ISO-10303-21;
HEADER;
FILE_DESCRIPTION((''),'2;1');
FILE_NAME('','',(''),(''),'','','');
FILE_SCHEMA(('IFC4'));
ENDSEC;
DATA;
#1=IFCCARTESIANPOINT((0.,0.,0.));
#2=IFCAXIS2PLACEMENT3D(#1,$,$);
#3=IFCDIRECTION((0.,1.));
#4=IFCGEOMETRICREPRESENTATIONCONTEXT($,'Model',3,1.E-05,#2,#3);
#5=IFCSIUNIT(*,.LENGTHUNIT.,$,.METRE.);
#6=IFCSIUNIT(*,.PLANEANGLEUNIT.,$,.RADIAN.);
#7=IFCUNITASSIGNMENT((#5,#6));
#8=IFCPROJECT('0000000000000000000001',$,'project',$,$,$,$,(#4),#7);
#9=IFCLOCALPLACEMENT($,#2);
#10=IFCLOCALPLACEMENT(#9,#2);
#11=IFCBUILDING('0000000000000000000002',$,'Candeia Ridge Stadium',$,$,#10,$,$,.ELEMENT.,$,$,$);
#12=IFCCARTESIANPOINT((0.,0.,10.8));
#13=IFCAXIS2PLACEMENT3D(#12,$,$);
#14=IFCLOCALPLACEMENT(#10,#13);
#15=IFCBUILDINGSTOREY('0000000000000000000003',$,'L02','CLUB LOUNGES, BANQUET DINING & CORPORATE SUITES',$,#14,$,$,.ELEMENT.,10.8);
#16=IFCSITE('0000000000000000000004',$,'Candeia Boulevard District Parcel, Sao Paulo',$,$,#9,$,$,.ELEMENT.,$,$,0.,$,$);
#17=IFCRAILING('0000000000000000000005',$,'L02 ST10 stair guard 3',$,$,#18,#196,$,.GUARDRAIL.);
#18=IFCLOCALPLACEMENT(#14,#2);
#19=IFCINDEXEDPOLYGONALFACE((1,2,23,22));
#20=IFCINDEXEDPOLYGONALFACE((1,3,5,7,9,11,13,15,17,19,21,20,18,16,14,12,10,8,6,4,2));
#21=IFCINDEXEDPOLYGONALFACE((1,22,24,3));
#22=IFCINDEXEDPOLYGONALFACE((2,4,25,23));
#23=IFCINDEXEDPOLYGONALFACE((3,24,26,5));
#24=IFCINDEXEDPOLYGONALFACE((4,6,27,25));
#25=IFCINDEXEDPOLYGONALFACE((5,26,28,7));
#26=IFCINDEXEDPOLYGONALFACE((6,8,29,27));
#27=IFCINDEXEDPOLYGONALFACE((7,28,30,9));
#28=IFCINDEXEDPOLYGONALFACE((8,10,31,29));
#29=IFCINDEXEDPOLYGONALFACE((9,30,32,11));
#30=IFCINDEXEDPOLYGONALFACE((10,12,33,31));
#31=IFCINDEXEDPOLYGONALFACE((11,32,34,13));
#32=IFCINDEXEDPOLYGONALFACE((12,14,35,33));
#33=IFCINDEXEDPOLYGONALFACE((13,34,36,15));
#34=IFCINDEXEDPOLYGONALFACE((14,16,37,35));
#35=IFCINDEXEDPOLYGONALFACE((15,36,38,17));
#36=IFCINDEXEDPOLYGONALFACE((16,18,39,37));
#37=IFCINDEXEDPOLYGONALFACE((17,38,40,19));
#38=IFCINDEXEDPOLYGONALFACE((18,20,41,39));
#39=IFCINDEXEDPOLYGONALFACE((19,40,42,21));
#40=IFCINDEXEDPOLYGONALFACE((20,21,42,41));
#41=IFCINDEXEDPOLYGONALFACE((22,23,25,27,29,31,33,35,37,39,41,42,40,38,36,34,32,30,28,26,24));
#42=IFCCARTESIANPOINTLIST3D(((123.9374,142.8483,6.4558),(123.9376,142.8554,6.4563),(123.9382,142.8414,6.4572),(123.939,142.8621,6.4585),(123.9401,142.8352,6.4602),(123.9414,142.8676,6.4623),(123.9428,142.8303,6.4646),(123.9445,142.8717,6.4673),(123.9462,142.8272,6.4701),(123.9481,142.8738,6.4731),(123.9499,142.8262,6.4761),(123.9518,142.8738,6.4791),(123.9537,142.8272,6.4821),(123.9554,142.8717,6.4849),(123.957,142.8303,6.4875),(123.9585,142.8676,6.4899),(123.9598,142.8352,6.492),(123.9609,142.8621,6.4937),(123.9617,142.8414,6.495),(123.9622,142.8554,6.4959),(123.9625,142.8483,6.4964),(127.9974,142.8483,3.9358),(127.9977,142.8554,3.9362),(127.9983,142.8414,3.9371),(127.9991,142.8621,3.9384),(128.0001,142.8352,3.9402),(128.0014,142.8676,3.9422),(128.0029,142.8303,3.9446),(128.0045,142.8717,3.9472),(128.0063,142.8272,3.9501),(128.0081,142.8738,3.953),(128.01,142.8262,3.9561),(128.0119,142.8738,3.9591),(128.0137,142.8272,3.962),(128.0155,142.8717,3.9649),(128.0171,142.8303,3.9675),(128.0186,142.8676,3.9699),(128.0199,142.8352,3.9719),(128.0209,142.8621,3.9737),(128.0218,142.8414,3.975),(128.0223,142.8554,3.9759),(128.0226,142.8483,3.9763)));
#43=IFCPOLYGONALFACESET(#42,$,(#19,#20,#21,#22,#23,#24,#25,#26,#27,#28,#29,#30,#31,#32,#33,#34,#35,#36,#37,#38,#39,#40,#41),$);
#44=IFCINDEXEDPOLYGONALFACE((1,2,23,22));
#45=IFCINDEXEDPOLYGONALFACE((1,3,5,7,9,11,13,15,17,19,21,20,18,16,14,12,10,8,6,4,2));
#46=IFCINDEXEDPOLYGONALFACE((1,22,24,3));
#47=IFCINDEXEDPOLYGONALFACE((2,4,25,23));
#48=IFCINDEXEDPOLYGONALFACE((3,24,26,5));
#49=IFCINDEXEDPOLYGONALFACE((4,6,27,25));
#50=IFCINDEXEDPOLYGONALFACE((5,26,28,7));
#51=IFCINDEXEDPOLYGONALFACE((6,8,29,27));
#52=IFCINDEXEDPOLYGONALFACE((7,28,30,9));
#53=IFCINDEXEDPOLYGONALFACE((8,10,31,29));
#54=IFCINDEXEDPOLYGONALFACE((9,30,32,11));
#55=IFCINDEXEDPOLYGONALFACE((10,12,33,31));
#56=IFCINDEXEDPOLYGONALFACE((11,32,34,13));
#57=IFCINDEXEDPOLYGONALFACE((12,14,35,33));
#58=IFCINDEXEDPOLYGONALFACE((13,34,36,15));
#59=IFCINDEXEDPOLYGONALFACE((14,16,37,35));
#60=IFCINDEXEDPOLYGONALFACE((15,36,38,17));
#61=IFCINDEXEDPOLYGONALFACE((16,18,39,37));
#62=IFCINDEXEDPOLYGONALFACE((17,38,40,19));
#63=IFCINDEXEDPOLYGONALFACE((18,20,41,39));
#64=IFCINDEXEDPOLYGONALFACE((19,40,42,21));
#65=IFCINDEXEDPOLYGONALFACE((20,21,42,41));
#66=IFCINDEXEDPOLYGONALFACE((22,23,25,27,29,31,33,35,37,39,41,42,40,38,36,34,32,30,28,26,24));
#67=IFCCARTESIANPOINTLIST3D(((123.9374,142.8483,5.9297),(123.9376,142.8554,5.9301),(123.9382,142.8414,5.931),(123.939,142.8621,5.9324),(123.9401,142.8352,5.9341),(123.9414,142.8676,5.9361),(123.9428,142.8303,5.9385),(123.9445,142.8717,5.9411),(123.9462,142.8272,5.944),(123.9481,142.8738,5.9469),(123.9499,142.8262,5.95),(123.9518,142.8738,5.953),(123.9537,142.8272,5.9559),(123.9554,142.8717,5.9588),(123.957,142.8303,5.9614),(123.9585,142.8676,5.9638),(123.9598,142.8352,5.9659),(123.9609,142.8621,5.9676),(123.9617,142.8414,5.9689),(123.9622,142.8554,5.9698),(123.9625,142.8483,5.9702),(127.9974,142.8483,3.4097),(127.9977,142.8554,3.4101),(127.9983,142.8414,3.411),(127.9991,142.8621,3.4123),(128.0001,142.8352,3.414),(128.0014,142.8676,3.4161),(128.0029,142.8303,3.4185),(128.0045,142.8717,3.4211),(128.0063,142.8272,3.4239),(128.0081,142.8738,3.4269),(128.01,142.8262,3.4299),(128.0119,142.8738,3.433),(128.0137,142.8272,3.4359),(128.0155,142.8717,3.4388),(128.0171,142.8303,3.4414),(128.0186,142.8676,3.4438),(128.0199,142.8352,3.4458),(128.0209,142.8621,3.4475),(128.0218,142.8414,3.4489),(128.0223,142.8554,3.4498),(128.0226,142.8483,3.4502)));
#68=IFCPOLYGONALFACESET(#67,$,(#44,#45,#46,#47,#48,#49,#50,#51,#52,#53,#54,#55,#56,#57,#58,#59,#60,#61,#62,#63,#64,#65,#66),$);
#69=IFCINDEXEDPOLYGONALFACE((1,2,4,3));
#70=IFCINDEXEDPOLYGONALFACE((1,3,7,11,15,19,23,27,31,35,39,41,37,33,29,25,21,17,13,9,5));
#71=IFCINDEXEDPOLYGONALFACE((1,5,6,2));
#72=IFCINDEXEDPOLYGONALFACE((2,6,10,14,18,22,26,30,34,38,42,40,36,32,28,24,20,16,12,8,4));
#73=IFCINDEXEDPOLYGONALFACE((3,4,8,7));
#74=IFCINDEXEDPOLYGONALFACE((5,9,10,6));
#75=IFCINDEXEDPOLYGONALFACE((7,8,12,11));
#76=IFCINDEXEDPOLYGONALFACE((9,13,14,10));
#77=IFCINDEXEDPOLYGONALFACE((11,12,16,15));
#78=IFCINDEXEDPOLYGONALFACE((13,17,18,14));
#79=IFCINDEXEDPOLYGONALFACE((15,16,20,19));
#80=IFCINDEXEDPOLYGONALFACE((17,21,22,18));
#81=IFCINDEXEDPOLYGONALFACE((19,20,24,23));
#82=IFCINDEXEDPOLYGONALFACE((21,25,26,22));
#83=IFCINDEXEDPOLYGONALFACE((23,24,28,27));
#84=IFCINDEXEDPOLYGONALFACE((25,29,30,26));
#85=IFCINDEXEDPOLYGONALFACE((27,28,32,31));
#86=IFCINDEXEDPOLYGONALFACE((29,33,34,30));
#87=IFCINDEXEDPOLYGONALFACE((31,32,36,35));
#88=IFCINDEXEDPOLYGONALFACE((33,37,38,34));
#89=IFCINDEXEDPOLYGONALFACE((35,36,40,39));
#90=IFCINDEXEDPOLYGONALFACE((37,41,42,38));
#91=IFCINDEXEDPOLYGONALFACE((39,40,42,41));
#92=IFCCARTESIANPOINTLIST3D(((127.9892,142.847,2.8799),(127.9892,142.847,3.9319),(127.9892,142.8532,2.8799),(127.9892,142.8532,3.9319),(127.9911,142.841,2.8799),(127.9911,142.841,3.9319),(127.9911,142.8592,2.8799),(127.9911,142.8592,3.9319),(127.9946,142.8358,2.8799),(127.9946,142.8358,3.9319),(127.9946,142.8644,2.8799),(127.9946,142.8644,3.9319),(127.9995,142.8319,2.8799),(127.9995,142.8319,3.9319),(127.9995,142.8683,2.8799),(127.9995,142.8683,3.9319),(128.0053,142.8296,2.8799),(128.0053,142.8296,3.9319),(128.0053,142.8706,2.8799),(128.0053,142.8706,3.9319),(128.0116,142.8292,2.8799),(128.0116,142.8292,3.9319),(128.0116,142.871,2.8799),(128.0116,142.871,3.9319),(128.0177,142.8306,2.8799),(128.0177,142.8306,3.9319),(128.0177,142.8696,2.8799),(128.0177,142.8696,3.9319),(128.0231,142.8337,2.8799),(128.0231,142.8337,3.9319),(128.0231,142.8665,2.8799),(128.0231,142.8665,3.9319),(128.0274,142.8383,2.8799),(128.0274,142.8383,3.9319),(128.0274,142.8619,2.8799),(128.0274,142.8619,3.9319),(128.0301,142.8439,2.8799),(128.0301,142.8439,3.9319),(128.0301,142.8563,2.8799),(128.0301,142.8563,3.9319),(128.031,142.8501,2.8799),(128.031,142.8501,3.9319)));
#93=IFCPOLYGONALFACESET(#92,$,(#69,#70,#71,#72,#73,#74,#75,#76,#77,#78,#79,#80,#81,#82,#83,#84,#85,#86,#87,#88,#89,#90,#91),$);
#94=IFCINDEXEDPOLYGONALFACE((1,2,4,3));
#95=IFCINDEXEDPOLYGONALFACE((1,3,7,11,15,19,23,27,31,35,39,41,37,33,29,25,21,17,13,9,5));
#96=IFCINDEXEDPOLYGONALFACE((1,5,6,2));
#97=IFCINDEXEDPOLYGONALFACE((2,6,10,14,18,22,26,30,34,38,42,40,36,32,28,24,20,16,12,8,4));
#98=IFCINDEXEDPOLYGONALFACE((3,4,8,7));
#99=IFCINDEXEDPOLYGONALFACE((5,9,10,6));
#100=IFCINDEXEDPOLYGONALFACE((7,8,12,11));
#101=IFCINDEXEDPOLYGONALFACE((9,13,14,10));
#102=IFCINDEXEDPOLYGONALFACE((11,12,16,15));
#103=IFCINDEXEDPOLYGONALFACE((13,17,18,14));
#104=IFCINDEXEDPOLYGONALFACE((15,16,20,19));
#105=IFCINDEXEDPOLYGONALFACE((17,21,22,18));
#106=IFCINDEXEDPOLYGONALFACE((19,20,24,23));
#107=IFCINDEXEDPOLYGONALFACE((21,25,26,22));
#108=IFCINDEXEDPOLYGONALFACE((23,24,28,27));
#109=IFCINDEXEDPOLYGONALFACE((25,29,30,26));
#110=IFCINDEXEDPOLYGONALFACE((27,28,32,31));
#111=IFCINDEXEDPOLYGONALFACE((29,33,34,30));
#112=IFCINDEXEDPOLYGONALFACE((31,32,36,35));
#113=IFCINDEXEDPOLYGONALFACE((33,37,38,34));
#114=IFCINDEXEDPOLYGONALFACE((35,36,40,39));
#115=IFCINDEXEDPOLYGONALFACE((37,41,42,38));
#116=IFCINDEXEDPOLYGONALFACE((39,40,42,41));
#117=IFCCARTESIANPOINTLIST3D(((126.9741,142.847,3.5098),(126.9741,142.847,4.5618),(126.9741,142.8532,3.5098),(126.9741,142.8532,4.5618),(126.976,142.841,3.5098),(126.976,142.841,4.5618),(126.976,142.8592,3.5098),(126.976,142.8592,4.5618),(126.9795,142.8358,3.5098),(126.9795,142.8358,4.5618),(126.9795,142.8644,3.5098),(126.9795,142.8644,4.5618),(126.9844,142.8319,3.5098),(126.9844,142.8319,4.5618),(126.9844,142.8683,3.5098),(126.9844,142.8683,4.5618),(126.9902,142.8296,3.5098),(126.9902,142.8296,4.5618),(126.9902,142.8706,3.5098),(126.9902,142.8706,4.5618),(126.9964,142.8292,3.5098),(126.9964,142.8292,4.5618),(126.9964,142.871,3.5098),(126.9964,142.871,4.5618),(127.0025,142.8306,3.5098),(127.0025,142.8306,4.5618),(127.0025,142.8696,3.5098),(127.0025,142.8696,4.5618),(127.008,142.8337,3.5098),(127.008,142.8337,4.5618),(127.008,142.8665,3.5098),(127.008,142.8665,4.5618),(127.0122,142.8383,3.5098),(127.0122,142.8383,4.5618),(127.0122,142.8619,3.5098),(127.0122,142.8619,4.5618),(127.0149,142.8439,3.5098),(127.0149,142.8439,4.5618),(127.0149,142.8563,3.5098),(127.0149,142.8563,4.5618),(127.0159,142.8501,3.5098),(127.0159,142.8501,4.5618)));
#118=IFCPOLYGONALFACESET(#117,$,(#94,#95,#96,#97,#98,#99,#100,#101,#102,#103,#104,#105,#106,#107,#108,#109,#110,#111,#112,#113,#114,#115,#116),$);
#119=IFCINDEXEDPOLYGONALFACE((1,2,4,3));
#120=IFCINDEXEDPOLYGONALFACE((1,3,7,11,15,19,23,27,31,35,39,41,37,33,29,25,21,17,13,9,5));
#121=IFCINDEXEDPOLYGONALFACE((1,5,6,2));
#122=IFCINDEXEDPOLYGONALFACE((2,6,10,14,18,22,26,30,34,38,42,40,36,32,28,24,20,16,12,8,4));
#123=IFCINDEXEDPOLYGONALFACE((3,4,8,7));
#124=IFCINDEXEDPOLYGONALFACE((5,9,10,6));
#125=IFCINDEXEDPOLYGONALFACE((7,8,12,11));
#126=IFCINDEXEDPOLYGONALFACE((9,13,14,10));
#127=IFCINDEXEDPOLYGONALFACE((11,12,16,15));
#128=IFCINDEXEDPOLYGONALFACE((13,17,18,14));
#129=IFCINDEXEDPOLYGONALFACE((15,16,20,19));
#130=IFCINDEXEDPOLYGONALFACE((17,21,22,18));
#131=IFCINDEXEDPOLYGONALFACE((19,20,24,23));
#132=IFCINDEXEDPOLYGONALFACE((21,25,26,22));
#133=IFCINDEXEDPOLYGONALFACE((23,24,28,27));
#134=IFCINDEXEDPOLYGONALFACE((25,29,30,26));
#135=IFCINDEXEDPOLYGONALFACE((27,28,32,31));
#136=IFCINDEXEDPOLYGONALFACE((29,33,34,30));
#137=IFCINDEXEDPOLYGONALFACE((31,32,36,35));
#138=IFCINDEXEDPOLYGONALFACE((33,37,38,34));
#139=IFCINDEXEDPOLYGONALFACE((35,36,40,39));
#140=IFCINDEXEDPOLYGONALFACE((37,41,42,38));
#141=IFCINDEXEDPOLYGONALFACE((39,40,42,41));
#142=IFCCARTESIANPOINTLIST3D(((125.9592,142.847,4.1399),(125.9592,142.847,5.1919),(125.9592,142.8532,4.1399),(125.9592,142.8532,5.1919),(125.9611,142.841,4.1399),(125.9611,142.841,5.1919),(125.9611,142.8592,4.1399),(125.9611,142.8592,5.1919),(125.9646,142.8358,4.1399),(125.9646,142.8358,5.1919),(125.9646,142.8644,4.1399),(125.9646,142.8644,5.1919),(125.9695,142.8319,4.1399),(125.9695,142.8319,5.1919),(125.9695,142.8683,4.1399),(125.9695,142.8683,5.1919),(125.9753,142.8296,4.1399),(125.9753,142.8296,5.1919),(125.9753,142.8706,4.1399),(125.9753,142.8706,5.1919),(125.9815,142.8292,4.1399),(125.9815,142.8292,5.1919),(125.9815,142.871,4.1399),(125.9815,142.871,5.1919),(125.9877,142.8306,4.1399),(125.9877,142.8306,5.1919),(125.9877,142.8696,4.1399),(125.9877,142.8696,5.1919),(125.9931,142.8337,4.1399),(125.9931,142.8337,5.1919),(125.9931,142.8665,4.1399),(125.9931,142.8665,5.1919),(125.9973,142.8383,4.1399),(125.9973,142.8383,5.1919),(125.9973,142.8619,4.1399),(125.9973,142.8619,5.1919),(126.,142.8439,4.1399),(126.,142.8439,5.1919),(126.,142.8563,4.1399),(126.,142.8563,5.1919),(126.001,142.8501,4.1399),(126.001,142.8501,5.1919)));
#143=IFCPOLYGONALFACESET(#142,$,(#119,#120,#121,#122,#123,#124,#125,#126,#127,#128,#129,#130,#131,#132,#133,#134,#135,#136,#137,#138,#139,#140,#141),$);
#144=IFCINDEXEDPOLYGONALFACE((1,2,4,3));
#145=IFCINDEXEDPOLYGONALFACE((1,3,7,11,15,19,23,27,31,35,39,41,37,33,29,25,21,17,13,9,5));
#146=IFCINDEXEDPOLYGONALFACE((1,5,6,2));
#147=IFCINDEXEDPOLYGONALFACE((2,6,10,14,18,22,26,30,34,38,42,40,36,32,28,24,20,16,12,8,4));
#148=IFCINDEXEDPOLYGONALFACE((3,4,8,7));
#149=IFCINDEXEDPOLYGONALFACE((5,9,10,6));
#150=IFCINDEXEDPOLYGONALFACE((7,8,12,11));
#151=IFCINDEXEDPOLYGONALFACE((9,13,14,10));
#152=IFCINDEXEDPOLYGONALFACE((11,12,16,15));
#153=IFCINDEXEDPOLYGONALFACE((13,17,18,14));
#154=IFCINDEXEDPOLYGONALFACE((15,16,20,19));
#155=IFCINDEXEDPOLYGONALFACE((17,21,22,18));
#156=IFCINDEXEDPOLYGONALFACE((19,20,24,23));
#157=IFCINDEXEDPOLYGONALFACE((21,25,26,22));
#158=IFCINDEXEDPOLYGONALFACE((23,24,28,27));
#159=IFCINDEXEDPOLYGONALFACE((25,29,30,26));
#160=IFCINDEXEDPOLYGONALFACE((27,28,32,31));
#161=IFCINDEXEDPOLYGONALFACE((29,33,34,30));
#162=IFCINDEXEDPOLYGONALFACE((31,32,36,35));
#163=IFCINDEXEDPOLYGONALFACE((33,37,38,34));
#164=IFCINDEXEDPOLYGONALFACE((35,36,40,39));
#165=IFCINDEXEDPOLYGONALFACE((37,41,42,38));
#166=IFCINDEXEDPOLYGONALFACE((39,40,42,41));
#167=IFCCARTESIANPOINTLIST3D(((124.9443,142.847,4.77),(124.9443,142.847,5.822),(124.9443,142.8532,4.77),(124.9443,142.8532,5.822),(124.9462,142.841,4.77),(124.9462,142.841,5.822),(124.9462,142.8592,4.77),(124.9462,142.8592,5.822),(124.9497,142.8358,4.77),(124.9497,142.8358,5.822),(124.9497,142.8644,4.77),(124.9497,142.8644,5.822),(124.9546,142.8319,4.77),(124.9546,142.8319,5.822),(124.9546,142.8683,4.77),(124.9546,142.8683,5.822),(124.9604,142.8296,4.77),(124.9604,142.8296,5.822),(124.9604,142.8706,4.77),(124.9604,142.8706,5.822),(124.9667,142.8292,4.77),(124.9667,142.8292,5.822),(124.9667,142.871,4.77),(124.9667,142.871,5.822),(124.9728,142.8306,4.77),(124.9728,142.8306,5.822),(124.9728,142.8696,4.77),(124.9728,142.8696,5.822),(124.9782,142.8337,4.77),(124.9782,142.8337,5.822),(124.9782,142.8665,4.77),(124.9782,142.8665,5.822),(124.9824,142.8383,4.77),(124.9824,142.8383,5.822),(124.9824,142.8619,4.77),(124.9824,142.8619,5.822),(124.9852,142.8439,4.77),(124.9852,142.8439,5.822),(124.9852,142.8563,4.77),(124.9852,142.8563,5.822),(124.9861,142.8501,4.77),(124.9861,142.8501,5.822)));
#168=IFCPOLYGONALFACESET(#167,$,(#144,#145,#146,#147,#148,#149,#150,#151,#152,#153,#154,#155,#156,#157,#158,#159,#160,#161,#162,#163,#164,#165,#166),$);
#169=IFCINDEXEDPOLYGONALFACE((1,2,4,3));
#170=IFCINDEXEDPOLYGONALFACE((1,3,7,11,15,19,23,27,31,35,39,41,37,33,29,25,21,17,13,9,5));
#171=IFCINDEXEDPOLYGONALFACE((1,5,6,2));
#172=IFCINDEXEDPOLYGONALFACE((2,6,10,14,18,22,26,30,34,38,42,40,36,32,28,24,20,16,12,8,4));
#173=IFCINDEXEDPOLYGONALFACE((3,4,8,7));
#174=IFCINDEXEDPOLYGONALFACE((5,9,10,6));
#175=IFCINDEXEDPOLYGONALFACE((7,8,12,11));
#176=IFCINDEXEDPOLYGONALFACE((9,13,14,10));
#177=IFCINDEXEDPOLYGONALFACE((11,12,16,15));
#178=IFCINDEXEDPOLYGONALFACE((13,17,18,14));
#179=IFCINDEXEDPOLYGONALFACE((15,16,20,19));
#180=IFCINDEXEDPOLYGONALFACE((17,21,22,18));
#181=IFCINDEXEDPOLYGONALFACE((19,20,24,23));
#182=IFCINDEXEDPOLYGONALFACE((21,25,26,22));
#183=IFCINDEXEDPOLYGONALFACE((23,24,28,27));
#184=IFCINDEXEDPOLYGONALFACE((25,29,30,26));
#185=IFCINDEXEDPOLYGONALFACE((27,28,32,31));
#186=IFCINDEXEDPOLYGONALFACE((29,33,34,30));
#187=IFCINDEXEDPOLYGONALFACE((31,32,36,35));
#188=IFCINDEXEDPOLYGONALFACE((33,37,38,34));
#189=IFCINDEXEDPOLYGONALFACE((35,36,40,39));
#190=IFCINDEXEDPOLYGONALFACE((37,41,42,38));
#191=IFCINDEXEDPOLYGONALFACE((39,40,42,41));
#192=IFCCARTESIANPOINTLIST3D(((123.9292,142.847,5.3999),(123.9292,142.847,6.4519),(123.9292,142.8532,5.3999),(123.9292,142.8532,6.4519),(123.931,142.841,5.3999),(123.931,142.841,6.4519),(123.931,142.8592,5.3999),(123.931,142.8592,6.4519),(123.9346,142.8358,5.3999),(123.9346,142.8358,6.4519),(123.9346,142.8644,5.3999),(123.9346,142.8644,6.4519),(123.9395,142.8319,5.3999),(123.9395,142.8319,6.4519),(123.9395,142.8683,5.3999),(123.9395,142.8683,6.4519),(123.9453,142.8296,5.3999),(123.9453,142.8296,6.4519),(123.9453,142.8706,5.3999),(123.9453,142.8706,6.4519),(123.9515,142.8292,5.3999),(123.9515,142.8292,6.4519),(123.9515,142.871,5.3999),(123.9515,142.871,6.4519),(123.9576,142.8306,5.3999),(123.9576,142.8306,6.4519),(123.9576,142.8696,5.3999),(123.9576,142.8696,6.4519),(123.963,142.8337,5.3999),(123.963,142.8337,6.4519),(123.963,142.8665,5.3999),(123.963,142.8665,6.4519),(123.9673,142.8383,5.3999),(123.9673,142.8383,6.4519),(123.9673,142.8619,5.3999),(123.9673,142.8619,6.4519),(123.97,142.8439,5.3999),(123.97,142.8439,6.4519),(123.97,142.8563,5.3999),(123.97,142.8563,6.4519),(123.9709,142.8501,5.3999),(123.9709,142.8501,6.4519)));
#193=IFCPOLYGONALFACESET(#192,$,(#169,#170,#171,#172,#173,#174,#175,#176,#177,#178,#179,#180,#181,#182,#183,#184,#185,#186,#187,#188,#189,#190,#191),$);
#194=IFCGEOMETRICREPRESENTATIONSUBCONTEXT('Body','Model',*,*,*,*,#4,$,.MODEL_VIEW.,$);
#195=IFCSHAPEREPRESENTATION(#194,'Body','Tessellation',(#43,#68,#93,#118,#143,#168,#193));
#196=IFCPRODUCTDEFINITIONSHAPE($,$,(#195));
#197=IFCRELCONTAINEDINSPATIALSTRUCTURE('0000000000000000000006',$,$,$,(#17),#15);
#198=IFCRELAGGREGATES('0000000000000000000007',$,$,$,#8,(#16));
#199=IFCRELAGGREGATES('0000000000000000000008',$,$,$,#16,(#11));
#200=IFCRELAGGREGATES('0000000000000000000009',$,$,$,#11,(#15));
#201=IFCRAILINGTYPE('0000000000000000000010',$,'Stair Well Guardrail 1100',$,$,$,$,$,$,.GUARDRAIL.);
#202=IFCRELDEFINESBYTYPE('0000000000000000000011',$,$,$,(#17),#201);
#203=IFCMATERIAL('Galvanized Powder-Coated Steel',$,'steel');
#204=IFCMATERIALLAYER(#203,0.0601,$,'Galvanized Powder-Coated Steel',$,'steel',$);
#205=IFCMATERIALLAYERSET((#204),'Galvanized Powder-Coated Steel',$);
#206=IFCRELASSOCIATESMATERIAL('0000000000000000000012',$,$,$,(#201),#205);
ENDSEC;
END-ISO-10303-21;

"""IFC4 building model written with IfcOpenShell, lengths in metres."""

from ifc_helpers import new_model, si_unit, direction, frame, origin, origin_2d, place, context, subcontext, project, spatial, circle, extrude, material, layer, layer_set, type_object, element, save


model = new_model("IFC4")

# Units and contexts
model_context = context("Model", 3, precision=1e-05, world=origin(), true_north=direction((0.0, 1.0)))
body_context = subcontext(model_context, "Body", "Model", "MODEL_VIEW")
ifc_project = project(units=[si_unit("LENGTHUNIT", "METRE"), si_unit("PLANEANGLEUNIT", "RADIAN")], contexts=[model_context])

# Site, building, storey
site_placement = place(None, origin())
site = spatial("IfcSite", under=ifc_project, at=site_placement, Name="Candeia Boulevard District Parcel, Sao Paulo", CompositionType="ELEMENT", RefElevation=0.0)
building_placement = place(site_placement, origin())
building = spatial("IfcBuilding", under=site, at=building_placement, Name="Candeia Ridge Stadium", CompositionType="ELEMENT")
storey_placement = place(building_placement, frame((0.0, 0.0, 10.8)))
storey = spatial("IfcBuildingStorey", under=building, at=storey_placement, Name="L02", Description="CLUB LOUNGES, BANQUET DINING & CORPORATE SUITES", CompositionType="ELEMENT", Elevation=10.8)

# Railing
ifc_material_1 = material(Name="Galvanized Powder-Coated Steel", Category="steel")
ifc_layer_1 = layer(ifc_material_1, 0.0601, Name="Galvanized Powder-Coated Steel", Category="steel")
ifc_layer_set_1 = layer_set([ifc_layer_1], Name="Galvanized Powder-Coated Steel")
railing_type_1 = type_object("IfcRailingType", Name="Stair Well Guardrail 1100", PredefinedType="GUARDRAIL", material=ifc_layer_set_1)
railing_1_placement = place(storey_placement, frame((128.01, 142.8501, 2.8799)))
element("IfcRailing", 1, at=railing_1_placement, inside=storey, type_object=railing_type_1, Name="L02 ST10 stair guard 3", PredefinedType="GUARDRAIL", context=body_context, shape_type="SweptSolid", body=[
    extrude(circle(Radius=0.0239, at=origin_2d()), frame((0.0, 0.0, 1.0762), z_axis=(-0.849642, 0.0, 0.52736), x_axis=(0.0, -1.0, 0.0)), (0.0, 0.0, 1.0), 4.7786),
    extrude(circle(Radius=0.0239, at=origin_2d()), frame((0.0, 0.0, 0.55), z_axis=(-0.849642, 0.0, 0.52736), x_axis=(0.0, -1.0, 0.0)), (0.0, 0.0, 1.0), 4.7786),
    extrude(circle(Radius=0.021, at=origin_2d()), origin(), (0.0, 0.0, 1.0), 1.052),
    extrude(circle(Radius=0.021, at=origin_2d()), frame((-1.0151, 0.0, 0.6299)), (0.0, 0.0, 1.0), 1.052),
    extrude(circle(Radius=0.021, at=origin_2d()), frame((-2.03, 0.0, 1.26)), (0.0, 0.0, 1.0), 1.052),
    extrude(circle(Radius=0.021, at=origin_2d()), frame((-3.0449, 0.0, 1.8901)), (0.0, 0.0, 1.0), 1.052),
    extrude(circle(Radius=0.021, at=origin_2d()), frame((-4.0601, 0.0, 2.52)), (0.0, 0.0, 1.0), 1.052),
])

save(model, "model.ifc")
